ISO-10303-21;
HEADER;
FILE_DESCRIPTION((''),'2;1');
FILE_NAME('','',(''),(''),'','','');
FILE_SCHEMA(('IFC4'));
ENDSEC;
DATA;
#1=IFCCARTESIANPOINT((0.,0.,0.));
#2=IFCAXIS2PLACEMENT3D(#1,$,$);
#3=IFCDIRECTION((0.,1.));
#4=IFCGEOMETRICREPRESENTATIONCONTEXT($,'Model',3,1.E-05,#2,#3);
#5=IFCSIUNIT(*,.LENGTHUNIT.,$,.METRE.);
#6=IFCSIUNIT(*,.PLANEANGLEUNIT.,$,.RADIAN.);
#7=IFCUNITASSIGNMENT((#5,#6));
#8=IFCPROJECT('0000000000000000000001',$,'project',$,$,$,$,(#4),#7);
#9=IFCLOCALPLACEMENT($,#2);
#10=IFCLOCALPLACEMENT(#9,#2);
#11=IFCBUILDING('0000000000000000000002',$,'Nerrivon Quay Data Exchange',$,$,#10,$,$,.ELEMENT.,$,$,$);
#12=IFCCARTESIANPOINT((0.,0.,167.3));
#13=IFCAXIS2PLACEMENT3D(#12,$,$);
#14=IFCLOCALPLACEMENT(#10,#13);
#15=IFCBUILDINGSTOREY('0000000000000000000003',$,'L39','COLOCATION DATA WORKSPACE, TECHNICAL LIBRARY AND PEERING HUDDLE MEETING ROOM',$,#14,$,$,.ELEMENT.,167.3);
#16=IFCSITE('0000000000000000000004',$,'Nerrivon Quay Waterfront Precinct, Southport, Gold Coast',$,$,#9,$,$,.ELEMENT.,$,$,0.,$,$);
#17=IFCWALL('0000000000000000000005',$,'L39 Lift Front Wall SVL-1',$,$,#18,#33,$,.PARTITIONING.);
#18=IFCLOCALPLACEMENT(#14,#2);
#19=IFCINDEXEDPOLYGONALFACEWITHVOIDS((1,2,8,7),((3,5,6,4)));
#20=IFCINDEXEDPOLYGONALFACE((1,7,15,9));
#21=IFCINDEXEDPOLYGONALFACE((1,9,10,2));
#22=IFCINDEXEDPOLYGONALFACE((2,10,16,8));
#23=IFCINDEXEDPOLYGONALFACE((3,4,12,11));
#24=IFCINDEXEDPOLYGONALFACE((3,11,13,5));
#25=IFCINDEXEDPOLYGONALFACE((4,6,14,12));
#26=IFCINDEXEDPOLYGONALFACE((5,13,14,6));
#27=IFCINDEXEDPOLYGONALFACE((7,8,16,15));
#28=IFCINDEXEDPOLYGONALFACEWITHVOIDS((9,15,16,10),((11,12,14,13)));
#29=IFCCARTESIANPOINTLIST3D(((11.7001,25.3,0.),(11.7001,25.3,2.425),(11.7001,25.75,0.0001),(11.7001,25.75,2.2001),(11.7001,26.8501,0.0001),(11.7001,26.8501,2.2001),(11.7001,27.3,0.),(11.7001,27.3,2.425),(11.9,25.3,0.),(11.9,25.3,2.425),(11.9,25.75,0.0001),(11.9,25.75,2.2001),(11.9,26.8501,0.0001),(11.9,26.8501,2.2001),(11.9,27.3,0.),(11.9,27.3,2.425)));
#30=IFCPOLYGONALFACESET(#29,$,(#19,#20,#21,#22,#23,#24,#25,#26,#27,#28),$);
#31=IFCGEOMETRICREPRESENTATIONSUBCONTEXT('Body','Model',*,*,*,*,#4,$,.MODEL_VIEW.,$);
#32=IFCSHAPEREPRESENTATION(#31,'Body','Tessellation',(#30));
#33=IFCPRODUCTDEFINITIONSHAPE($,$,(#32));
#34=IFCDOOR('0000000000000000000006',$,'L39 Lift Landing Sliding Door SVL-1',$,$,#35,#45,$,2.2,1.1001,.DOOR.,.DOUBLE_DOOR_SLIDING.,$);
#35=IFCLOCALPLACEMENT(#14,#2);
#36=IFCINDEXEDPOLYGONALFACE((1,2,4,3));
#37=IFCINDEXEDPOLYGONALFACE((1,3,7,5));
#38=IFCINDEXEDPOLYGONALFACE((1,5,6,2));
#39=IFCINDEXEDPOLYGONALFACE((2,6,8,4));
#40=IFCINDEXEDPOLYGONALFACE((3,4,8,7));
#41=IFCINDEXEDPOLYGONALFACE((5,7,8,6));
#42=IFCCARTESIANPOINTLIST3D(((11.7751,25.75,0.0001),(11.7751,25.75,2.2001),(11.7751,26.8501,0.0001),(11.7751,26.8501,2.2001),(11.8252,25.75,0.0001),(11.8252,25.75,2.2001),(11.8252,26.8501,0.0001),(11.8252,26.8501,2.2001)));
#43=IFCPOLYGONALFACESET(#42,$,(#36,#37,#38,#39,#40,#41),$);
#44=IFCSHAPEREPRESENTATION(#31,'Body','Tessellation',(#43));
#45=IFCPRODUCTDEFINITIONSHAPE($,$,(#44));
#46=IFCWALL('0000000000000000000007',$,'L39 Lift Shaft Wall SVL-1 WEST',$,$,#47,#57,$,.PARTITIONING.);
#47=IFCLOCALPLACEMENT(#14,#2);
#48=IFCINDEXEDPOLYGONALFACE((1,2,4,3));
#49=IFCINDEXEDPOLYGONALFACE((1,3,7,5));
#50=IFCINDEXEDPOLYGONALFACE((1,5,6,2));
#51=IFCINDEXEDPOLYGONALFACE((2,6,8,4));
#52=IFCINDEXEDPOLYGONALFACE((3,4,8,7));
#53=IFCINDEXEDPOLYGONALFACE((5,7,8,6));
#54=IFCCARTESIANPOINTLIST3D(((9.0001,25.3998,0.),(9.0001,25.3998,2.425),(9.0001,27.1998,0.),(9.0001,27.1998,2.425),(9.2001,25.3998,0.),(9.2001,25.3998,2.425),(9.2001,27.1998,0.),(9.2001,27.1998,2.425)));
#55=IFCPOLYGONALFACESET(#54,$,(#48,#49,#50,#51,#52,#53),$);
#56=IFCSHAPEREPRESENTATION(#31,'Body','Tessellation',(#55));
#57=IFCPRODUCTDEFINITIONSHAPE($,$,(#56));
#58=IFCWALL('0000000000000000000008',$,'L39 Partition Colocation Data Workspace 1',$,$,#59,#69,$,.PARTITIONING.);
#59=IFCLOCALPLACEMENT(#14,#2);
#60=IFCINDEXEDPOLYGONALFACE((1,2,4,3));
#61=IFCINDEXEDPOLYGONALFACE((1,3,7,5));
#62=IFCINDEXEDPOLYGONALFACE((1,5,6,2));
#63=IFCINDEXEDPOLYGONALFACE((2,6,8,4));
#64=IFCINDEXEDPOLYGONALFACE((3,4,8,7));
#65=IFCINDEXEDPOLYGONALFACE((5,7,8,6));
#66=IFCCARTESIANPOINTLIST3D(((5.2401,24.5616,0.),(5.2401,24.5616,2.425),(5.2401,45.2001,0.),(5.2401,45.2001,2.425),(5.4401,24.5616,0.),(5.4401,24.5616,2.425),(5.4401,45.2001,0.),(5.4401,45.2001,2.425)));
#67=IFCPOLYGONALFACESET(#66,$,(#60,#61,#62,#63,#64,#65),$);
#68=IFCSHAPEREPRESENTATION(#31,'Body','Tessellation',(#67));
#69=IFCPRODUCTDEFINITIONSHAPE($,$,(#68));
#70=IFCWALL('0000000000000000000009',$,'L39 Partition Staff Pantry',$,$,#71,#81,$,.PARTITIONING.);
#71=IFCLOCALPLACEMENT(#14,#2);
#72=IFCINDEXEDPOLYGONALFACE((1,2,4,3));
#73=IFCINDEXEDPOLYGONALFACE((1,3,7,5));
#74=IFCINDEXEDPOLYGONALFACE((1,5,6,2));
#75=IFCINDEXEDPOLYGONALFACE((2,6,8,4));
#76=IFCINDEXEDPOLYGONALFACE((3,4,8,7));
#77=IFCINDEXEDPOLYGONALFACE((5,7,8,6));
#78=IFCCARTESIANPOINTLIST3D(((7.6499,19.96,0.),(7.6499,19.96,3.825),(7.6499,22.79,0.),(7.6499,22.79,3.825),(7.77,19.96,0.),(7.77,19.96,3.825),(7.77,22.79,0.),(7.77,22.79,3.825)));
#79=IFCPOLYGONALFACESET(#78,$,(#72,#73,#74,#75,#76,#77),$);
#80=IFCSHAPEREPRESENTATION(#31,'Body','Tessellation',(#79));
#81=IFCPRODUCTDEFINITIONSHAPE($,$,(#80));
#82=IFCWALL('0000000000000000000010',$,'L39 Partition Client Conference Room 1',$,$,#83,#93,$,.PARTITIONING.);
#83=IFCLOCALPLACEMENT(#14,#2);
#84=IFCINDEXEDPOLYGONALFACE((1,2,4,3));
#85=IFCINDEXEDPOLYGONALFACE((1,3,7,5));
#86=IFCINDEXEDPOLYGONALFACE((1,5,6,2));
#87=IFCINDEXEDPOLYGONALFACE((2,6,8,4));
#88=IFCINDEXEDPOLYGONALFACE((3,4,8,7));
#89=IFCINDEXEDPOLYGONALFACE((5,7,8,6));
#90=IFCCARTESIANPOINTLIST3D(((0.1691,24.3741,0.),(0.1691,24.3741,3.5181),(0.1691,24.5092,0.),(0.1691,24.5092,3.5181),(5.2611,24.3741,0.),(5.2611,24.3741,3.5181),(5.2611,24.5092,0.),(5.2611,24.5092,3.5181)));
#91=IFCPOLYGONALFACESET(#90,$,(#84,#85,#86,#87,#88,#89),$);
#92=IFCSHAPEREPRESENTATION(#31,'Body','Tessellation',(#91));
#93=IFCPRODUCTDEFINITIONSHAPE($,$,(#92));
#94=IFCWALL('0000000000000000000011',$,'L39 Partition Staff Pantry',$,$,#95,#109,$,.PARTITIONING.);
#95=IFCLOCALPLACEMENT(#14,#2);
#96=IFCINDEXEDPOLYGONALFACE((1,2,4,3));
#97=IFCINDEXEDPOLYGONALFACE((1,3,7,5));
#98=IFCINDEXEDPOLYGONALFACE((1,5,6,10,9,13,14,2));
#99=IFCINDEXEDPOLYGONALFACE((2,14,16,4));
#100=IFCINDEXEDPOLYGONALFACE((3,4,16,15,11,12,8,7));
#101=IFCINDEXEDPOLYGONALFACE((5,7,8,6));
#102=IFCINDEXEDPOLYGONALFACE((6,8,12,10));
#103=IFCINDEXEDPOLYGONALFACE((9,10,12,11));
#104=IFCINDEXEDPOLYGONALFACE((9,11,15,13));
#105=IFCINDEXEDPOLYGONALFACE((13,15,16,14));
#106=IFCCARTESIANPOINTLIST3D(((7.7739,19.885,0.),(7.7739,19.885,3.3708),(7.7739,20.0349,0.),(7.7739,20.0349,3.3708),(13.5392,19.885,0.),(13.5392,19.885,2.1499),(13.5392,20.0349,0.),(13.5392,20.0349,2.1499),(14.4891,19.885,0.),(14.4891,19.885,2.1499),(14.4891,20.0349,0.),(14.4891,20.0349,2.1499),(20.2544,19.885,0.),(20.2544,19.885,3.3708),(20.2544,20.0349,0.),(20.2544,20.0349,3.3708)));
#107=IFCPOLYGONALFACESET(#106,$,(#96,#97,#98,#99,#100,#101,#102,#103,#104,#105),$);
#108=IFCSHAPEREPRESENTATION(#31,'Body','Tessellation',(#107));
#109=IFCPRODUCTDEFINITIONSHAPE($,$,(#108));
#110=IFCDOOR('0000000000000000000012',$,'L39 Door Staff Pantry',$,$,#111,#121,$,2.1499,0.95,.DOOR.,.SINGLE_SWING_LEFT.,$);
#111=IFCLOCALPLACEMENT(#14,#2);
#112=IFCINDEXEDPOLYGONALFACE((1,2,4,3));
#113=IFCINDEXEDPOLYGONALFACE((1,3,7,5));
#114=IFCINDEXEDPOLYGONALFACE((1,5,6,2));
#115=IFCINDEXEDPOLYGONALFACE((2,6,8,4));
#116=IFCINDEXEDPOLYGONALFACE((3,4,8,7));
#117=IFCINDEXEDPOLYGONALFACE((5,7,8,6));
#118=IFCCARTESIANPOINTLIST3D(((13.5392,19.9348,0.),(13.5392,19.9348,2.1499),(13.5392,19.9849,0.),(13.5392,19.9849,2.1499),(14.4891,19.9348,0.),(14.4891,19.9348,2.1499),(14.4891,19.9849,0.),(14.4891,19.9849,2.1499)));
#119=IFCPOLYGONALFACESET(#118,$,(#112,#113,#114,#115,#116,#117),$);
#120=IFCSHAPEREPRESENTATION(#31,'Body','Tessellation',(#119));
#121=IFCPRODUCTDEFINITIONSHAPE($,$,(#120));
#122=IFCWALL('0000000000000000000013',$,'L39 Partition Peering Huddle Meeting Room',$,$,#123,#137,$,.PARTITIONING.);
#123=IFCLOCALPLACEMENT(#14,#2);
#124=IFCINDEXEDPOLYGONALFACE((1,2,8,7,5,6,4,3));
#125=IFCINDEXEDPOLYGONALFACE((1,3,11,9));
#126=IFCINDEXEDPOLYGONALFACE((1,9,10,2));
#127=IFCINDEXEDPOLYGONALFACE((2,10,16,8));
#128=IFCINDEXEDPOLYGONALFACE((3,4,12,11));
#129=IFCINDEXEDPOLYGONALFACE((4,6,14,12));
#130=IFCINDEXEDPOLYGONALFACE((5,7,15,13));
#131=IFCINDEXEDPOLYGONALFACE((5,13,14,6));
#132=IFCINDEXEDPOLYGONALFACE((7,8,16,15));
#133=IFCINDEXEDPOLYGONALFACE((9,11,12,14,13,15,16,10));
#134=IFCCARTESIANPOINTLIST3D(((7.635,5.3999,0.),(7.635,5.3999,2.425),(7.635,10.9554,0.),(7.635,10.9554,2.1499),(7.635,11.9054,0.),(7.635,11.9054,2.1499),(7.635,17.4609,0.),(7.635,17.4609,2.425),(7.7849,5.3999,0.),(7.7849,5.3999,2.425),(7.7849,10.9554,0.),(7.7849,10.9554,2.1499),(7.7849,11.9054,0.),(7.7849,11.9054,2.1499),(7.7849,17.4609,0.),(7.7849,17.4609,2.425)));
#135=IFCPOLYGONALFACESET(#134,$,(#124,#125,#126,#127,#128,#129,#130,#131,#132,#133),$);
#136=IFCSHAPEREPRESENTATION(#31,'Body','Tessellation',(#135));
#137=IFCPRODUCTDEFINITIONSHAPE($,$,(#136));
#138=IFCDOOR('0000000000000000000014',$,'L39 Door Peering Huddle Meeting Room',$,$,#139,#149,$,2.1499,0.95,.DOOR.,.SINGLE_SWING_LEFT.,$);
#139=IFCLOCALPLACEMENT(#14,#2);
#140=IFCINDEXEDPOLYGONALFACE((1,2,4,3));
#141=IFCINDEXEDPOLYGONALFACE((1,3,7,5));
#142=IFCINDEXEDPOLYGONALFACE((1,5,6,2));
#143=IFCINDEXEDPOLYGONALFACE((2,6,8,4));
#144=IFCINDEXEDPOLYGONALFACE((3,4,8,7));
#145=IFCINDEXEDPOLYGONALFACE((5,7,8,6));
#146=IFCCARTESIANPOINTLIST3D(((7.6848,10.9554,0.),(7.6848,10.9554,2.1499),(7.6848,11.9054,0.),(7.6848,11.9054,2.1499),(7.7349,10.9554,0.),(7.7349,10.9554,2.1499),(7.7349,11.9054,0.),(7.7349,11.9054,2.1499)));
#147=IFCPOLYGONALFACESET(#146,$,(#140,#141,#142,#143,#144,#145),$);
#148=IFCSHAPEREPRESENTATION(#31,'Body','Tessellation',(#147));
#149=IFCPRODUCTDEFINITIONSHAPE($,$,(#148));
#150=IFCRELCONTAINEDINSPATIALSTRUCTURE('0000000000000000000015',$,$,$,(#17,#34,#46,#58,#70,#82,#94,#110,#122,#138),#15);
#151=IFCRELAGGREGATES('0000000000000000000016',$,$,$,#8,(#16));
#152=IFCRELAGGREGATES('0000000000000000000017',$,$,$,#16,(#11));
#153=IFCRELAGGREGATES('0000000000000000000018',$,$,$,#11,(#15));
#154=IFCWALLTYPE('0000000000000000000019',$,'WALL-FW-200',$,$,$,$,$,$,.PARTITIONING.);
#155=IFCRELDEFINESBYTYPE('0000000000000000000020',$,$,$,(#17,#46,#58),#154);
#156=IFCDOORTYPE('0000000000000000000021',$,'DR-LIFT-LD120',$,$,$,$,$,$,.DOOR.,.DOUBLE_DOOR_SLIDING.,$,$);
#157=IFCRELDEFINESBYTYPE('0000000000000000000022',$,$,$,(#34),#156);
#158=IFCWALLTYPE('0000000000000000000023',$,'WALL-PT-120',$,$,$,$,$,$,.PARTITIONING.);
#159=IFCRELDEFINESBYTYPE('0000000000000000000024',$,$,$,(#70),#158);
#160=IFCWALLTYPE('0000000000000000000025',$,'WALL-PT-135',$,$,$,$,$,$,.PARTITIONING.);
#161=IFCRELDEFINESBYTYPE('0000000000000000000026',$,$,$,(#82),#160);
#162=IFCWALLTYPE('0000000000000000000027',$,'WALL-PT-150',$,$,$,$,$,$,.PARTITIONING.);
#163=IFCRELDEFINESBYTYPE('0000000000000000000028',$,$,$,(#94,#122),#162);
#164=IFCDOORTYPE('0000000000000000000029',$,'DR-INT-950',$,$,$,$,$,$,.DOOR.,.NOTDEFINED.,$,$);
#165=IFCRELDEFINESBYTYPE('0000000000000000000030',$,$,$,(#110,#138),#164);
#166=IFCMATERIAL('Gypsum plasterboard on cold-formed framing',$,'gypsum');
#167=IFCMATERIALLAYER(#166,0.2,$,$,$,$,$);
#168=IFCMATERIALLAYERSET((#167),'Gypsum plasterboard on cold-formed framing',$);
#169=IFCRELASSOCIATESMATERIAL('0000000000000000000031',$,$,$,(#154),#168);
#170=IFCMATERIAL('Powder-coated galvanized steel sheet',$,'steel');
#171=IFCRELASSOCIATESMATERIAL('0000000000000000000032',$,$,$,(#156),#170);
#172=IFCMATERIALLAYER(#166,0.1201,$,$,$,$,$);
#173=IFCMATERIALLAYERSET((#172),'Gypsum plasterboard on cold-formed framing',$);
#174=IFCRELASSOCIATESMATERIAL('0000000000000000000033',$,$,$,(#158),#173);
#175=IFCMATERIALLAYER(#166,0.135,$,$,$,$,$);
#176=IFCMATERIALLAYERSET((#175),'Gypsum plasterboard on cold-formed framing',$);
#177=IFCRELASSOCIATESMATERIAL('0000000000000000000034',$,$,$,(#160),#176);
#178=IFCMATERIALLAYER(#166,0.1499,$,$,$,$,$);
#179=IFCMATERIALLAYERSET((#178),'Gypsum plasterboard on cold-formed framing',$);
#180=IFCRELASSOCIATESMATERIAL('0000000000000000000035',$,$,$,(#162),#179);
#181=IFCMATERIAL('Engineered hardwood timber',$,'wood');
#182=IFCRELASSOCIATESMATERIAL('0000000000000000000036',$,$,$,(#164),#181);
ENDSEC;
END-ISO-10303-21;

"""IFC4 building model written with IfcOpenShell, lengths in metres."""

from ifc_helpers import new_model, si_unit, direction, frame, frame_2d, origin, place, context, subcontext, project, spatial, rectangle, extrude, material, layer, layer_set, type_object, element, fill, save


model = new_model("IFC4")

# Units and contexts
model_context = context("Model", 3, precision=1e-05, world=origin(), true_north=direction((0.0, 1.0)))
body_context = subcontext(model_context, "Body", "Model", "MODEL_VIEW")
ifc_project = project(units=[si_unit("LENGTHUNIT", "METRE"), si_unit("PLANEANGLEUNIT", "RADIAN")], contexts=[model_context])

# Site, building, storey
site_placement = place(None, origin())
site = spatial("IfcSite", under=ifc_project, at=site_placement, Name="Nerrivon Quay Waterfront Precinct, Southport, Gold Coast", CompositionType="ELEMENT", RefElevation=0.0)
building_placement = place(site_placement, origin())
building = spatial("IfcBuilding", under=site, at=building_placement, Name="Nerrivon Quay Data Exchange", CompositionType="ELEMENT")
storey_placement = place(building_placement, frame((0.0, 0.0, 167.3)))
storey = spatial("IfcBuildingStorey", under=building, at=storey_placement, Name="L39", Description="COLOCATION DATA WORKSPACE, TECHNICAL LIBRARY AND PEERING HUDDLE MEETING ROOM", CompositionType="ELEMENT", Elevation=167.3)

# Wall, opening, door
ifc_material_1 = material(Name="Powder-coated galvanized steel sheet", Category="steel")
ifc_material_2 = material(Name="Gypsum plasterboard on cold-formed framing", Category="gypsum")
ifc_layer_1 = layer(ifc_material_2, 0.2)
ifc_layer_set_1 = layer_set([ifc_layer_1], Name="Gypsum plasterboard on cold-formed framing")
wall_type_1 = type_object("IfcWallType", Name="WALL-FW-200", PredefinedType="PARTITIONING", material=ifc_layer_set_1)
wall_1_placement = place(storey_placement, frame((11.8, 25.3, 0.0), z_axis=(0.0, 0.0, 1.0), x_axis=(0.0, 1.0, 0.0)))
wall_1 = element("IfcWall", 1, at=wall_1_placement, inside=storey, type_object=wall_type_1, Name="L39 Lift Front Wall SVL-1", PredefinedType="PARTITIONING", context=body_context, shape_type="SweptSolid", body=[
    extrude(rectangle(XDim=2.0, YDim=0.2, at=frame_2d((1.0, 0.0))), origin(), (0.0, 0.0, 1.0), 2.425),
])
opening_1_placement = place(wall_1_placement, frame((0.45, 0.0, 0.0)))
opening_1 = element("IfcOpeningElement", 2, at=opening_1_placement, cuts=wall_1, PredefinedType="OPENING", context=body_context, shape_type="SweptSolid", body=[
    extrude(rectangle(XDim=1.1001, YDim=2.2, at=frame_2d((0.55, 1.1001))), frame((0.0, 0.1099, 0.0), z_axis=(0.0, -1.0, 0.0), x_axis=(1.0, 0.0, 0.0)), (0.0, 0.0, 1.0), 0.22),
])
door_type_1 = type_object("IfcDoorType", Name="DR-LIFT-LD120", OperationType="DOUBLE_DOOR_SLIDING", PredefinedType="DOOR", material=ifc_material_1)
door_1_placement = place(opening_1_placement, origin())
door_1 = element("IfcDoor", 3, at=door_1_placement, inside=storey, type_object=door_type_1, Name="L39 Lift Landing Sliding Door SVL-1", OperationType="DOUBLE_DOOR_SLIDING", OverallHeight=2.2, OverallWidth=1.1001, PredefinedType="DOOR", context=body_context, shape_type="SweptSolid", body=[
    extrude(rectangle(XDim=1.1001, YDim=2.2, at=frame_2d((0.55, 1.1001))), frame((0.0, 0.0249, 0.0), z_axis=(0.0, -1.0, 0.0), x_axis=(1.0, 0.0, 0.0)), (0.0, 0.0, 1.0), 0.05),
])
fill(opening_1, door_1)

# Walls
wall_2_placement = place(storey_placement, frame((9.1001, 25.3999, 0.0), z_axis=(0.0, 0.0, 1.0), x_axis=(0.0, 1.0, 0.0)))
element("IfcWall", 4, at=wall_2_placement, inside=storey, type_object=wall_type_1, Name="L39 Lift Shaft Wall SVL-1 WEST", PredefinedType="PARTITIONING", context=body_context, shape_type="SweptSolid", body=[
    extrude(rectangle(XDim=1.8, YDim=0.2, at=frame_2d((0.8999, 0.0))), origin(), (0.0, 0.0, 1.0), 2.425),
])
wall_3_placement = place(storey_placement, frame((5.3401, 24.5615, 0.0), z_axis=(0.0, 0.0, 1.0), x_axis=(0.0, 1.0, 0.0)))
element("IfcWall", 5, at=wall_3_placement, inside=storey, type_object=wall_type_1, Name="L39 Partition Colocation Data Workspace 1", PredefinedType="PARTITIONING", context=body_context, shape_type="SweptSolid", body=[
    extrude(rectangle(XDim=20.6384, YDim=0.2, at=frame_2d((10.3193, 0.0))), origin(), (0.0, 0.0, 1.0), 2.425),
])
ifc_layer_2 = layer(ifc_material_2, 0.1201)
ifc_layer_set_2 = layer_set([ifc_layer_2], Name="Gypsum plasterboard on cold-formed framing")
wall_type_2 = type_object("IfcWallType", Name="WALL-PT-120", PredefinedType="PARTITIONING", material=ifc_layer_set_2)
wall_4_placement = place(storey_placement, frame((7.71, 22.79, 0.0), z_axis=(0.0, 0.0, 1.0), x_axis=(0.0, -1.0, 0.0)))
element("IfcWall", 6, at=wall_4_placement, inside=storey, type_object=wall_type_2, Name="L39 Partition Staff Pantry", PredefinedType="PARTITIONING", context=body_context, shape_type="SweptSolid", body=[
    extrude(rectangle(XDim=2.8301, YDim=0.1201, at=frame_2d((1.415, 0.0))), origin(), (0.0, 0.0, 1.0), 3.825),
])
ifc_layer_3 = layer(ifc_material_2, 0.135)
ifc_layer_set_3 = layer_set([ifc_layer_3], Name="Gypsum plasterboard on cold-formed framing")
wall_type_3 = type_object("IfcWallType", Name="WALL-PT-135", PredefinedType="PARTITIONING", material=ifc_layer_set_3)
wall_5_placement = place(storey_placement, frame((5.261, 24.4417, 0.0), z_axis=(0.0, 0.0, 1.0), x_axis=(-1.0, 0.0, 0.0)))
element("IfcWall", 7, at=wall_5_placement, inside=storey, type_object=wall_type_3, Name="L39 Partition Client Conference Room 1", PredefinedType="PARTITIONING", context=body_context, shape_type="SweptSolid", body=[
    extrude(rectangle(XDim=5.092, YDim=0.135, at=frame_2d((2.5459, 0.0))), origin(), (0.0, 0.0, 1.0), 3.5181),
])

# Walls, openings, doors
ifc_layer_4 = layer(ifc_material_2, 0.1499)
ifc_layer_set_4 = layer_set([ifc_layer_4], Name="Gypsum plasterboard on cold-formed framing")
wall_type_4 = type_object("IfcWallType", Name="WALL-PT-150", PredefinedType="PARTITIONING", material=ifc_layer_set_4)
wall_6_placement = place(storey_placement, frame((7.7739, 19.96, 0.0), z_axis=(0.0, 0.0, 1.0), x_axis=(1.0, 0.0, 0.0)))
wall_6 = element("IfcWall", 8, at=wall_6_placement, inside=storey, type_object=wall_type_4, Name="L39 Partition Staff Pantry", PredefinedType="PARTITIONING", context=body_context, shape_type="SweptSolid", body=[
    extrude(rectangle(XDim=12.4805, YDim=0.1499, at=frame_2d((6.2402, 0.0))), origin(), (0.0, 0.0, 1.0), 3.3708),
])
opening_2_placement = place(wall_6_placement, frame((5.7651, 0.0, 0.0)))
opening_2 = element("IfcOpeningElement", 9, at=opening_2_placement, cuts=wall_6, PredefinedType="OPENING", context=body_context, shape_type="SweptSolid", body=[
    extrude(rectangle(XDim=0.95, YDim=2.1499, at=frame_2d((0.4751, 1.075))), frame((0.0, 0.085, 0.0), z_axis=(0.0, -1.0, 0.0), x_axis=(1.0, 0.0, 0.0)), (0.0, 0.0, 1.0), 0.1699),
])
ifc_material_3 = material(Name="Engineered hardwood timber", Category="wood")
door_type_2 = type_object("IfcDoorType", Name="DR-INT-950", OperationType="NOTDEFINED", PredefinedType="DOOR", material=ifc_material_3)
door_2_placement = place(opening_2_placement, origin())
door_2 = element("IfcDoor", 10, at=door_2_placement, inside=storey, type_object=door_type_2, Name="L39 Door Staff Pantry", OperationType="SINGLE_SWING_LEFT", OverallHeight=2.1499, OverallWidth=0.95, PredefinedType="DOOR", context=body_context, shape_type="SweptSolid", body=[
    extrude(rectangle(XDim=0.95, YDim=2.1499, at=frame_2d((0.4751, 1.075))), frame((0.0, 0.0249, 0.0), z_axis=(0.0, -1.0, 0.0), x_axis=(1.0, 0.0, 0.0)), (0.0, 0.0, 1.0), 0.05),
])
fill(opening_2, door_2)
wall_7_placement = place(storey_placement, frame((7.71, 17.4609, 0.0), z_axis=(0.0, 0.0, 1.0), x_axis=(0.0, -1.0, 0.0)))
wall_7 = element("IfcWall", 11, at=wall_7_placement, inside=storey, type_object=wall_type_4, Name="L39 Partition Peering Huddle Meeting Room", PredefinedType="PARTITIONING", context=body_context, shape_type="SweptSolid", body=[
    extrude(rectangle(XDim=12.061, YDim=0.1499, at=frame_2d((6.0305, 0.0))), origin(), (0.0, 0.0, 1.0), 2.425),
])
opening_3_placement = place(wall_7_placement, frame((5.5554, 0.0, 0.0)))
opening_3 = element("IfcOpeningElement", 12, at=opening_3_placement, cuts=wall_7, PredefinedType="OPENING", context=body_context, shape_type="SweptSolid", body=[
    extrude(rectangle(XDim=0.95, YDim=2.1499, at=frame_2d((0.4751, 1.075))), frame((0.0, 0.085, 0.0), z_axis=(0.0, -1.0, 0.0), x_axis=(1.0, 0.0, 0.0)), (0.0, 0.0, 1.0), 0.1699),
])
door_3_placement = place(opening_3_placement, origin())
door_3 = element("IfcDoor", 13, at=door_3_placement, inside=storey, type_object=door_type_2, Name="L39 Door Peering Huddle Meeting Room", OperationType="SINGLE_SWING_LEFT", OverallHeight=2.1499, OverallWidth=0.95, PredefinedType="DOOR", context=body_context, shape_type="SweptSolid", body=[
    extrude(rectangle(XDim=0.95, YDim=2.1499, at=frame_2d((0.4751, 1.075))), frame((0.0, 0.0249, 0.0), z_axis=(0.0, -1.0, 0.0), x_axis=(1.0, 0.0, 0.0)), (0.0, 0.0, 1.0), 0.05),
])
fill(opening_3, door_3)

save(model, "model.ifc")
